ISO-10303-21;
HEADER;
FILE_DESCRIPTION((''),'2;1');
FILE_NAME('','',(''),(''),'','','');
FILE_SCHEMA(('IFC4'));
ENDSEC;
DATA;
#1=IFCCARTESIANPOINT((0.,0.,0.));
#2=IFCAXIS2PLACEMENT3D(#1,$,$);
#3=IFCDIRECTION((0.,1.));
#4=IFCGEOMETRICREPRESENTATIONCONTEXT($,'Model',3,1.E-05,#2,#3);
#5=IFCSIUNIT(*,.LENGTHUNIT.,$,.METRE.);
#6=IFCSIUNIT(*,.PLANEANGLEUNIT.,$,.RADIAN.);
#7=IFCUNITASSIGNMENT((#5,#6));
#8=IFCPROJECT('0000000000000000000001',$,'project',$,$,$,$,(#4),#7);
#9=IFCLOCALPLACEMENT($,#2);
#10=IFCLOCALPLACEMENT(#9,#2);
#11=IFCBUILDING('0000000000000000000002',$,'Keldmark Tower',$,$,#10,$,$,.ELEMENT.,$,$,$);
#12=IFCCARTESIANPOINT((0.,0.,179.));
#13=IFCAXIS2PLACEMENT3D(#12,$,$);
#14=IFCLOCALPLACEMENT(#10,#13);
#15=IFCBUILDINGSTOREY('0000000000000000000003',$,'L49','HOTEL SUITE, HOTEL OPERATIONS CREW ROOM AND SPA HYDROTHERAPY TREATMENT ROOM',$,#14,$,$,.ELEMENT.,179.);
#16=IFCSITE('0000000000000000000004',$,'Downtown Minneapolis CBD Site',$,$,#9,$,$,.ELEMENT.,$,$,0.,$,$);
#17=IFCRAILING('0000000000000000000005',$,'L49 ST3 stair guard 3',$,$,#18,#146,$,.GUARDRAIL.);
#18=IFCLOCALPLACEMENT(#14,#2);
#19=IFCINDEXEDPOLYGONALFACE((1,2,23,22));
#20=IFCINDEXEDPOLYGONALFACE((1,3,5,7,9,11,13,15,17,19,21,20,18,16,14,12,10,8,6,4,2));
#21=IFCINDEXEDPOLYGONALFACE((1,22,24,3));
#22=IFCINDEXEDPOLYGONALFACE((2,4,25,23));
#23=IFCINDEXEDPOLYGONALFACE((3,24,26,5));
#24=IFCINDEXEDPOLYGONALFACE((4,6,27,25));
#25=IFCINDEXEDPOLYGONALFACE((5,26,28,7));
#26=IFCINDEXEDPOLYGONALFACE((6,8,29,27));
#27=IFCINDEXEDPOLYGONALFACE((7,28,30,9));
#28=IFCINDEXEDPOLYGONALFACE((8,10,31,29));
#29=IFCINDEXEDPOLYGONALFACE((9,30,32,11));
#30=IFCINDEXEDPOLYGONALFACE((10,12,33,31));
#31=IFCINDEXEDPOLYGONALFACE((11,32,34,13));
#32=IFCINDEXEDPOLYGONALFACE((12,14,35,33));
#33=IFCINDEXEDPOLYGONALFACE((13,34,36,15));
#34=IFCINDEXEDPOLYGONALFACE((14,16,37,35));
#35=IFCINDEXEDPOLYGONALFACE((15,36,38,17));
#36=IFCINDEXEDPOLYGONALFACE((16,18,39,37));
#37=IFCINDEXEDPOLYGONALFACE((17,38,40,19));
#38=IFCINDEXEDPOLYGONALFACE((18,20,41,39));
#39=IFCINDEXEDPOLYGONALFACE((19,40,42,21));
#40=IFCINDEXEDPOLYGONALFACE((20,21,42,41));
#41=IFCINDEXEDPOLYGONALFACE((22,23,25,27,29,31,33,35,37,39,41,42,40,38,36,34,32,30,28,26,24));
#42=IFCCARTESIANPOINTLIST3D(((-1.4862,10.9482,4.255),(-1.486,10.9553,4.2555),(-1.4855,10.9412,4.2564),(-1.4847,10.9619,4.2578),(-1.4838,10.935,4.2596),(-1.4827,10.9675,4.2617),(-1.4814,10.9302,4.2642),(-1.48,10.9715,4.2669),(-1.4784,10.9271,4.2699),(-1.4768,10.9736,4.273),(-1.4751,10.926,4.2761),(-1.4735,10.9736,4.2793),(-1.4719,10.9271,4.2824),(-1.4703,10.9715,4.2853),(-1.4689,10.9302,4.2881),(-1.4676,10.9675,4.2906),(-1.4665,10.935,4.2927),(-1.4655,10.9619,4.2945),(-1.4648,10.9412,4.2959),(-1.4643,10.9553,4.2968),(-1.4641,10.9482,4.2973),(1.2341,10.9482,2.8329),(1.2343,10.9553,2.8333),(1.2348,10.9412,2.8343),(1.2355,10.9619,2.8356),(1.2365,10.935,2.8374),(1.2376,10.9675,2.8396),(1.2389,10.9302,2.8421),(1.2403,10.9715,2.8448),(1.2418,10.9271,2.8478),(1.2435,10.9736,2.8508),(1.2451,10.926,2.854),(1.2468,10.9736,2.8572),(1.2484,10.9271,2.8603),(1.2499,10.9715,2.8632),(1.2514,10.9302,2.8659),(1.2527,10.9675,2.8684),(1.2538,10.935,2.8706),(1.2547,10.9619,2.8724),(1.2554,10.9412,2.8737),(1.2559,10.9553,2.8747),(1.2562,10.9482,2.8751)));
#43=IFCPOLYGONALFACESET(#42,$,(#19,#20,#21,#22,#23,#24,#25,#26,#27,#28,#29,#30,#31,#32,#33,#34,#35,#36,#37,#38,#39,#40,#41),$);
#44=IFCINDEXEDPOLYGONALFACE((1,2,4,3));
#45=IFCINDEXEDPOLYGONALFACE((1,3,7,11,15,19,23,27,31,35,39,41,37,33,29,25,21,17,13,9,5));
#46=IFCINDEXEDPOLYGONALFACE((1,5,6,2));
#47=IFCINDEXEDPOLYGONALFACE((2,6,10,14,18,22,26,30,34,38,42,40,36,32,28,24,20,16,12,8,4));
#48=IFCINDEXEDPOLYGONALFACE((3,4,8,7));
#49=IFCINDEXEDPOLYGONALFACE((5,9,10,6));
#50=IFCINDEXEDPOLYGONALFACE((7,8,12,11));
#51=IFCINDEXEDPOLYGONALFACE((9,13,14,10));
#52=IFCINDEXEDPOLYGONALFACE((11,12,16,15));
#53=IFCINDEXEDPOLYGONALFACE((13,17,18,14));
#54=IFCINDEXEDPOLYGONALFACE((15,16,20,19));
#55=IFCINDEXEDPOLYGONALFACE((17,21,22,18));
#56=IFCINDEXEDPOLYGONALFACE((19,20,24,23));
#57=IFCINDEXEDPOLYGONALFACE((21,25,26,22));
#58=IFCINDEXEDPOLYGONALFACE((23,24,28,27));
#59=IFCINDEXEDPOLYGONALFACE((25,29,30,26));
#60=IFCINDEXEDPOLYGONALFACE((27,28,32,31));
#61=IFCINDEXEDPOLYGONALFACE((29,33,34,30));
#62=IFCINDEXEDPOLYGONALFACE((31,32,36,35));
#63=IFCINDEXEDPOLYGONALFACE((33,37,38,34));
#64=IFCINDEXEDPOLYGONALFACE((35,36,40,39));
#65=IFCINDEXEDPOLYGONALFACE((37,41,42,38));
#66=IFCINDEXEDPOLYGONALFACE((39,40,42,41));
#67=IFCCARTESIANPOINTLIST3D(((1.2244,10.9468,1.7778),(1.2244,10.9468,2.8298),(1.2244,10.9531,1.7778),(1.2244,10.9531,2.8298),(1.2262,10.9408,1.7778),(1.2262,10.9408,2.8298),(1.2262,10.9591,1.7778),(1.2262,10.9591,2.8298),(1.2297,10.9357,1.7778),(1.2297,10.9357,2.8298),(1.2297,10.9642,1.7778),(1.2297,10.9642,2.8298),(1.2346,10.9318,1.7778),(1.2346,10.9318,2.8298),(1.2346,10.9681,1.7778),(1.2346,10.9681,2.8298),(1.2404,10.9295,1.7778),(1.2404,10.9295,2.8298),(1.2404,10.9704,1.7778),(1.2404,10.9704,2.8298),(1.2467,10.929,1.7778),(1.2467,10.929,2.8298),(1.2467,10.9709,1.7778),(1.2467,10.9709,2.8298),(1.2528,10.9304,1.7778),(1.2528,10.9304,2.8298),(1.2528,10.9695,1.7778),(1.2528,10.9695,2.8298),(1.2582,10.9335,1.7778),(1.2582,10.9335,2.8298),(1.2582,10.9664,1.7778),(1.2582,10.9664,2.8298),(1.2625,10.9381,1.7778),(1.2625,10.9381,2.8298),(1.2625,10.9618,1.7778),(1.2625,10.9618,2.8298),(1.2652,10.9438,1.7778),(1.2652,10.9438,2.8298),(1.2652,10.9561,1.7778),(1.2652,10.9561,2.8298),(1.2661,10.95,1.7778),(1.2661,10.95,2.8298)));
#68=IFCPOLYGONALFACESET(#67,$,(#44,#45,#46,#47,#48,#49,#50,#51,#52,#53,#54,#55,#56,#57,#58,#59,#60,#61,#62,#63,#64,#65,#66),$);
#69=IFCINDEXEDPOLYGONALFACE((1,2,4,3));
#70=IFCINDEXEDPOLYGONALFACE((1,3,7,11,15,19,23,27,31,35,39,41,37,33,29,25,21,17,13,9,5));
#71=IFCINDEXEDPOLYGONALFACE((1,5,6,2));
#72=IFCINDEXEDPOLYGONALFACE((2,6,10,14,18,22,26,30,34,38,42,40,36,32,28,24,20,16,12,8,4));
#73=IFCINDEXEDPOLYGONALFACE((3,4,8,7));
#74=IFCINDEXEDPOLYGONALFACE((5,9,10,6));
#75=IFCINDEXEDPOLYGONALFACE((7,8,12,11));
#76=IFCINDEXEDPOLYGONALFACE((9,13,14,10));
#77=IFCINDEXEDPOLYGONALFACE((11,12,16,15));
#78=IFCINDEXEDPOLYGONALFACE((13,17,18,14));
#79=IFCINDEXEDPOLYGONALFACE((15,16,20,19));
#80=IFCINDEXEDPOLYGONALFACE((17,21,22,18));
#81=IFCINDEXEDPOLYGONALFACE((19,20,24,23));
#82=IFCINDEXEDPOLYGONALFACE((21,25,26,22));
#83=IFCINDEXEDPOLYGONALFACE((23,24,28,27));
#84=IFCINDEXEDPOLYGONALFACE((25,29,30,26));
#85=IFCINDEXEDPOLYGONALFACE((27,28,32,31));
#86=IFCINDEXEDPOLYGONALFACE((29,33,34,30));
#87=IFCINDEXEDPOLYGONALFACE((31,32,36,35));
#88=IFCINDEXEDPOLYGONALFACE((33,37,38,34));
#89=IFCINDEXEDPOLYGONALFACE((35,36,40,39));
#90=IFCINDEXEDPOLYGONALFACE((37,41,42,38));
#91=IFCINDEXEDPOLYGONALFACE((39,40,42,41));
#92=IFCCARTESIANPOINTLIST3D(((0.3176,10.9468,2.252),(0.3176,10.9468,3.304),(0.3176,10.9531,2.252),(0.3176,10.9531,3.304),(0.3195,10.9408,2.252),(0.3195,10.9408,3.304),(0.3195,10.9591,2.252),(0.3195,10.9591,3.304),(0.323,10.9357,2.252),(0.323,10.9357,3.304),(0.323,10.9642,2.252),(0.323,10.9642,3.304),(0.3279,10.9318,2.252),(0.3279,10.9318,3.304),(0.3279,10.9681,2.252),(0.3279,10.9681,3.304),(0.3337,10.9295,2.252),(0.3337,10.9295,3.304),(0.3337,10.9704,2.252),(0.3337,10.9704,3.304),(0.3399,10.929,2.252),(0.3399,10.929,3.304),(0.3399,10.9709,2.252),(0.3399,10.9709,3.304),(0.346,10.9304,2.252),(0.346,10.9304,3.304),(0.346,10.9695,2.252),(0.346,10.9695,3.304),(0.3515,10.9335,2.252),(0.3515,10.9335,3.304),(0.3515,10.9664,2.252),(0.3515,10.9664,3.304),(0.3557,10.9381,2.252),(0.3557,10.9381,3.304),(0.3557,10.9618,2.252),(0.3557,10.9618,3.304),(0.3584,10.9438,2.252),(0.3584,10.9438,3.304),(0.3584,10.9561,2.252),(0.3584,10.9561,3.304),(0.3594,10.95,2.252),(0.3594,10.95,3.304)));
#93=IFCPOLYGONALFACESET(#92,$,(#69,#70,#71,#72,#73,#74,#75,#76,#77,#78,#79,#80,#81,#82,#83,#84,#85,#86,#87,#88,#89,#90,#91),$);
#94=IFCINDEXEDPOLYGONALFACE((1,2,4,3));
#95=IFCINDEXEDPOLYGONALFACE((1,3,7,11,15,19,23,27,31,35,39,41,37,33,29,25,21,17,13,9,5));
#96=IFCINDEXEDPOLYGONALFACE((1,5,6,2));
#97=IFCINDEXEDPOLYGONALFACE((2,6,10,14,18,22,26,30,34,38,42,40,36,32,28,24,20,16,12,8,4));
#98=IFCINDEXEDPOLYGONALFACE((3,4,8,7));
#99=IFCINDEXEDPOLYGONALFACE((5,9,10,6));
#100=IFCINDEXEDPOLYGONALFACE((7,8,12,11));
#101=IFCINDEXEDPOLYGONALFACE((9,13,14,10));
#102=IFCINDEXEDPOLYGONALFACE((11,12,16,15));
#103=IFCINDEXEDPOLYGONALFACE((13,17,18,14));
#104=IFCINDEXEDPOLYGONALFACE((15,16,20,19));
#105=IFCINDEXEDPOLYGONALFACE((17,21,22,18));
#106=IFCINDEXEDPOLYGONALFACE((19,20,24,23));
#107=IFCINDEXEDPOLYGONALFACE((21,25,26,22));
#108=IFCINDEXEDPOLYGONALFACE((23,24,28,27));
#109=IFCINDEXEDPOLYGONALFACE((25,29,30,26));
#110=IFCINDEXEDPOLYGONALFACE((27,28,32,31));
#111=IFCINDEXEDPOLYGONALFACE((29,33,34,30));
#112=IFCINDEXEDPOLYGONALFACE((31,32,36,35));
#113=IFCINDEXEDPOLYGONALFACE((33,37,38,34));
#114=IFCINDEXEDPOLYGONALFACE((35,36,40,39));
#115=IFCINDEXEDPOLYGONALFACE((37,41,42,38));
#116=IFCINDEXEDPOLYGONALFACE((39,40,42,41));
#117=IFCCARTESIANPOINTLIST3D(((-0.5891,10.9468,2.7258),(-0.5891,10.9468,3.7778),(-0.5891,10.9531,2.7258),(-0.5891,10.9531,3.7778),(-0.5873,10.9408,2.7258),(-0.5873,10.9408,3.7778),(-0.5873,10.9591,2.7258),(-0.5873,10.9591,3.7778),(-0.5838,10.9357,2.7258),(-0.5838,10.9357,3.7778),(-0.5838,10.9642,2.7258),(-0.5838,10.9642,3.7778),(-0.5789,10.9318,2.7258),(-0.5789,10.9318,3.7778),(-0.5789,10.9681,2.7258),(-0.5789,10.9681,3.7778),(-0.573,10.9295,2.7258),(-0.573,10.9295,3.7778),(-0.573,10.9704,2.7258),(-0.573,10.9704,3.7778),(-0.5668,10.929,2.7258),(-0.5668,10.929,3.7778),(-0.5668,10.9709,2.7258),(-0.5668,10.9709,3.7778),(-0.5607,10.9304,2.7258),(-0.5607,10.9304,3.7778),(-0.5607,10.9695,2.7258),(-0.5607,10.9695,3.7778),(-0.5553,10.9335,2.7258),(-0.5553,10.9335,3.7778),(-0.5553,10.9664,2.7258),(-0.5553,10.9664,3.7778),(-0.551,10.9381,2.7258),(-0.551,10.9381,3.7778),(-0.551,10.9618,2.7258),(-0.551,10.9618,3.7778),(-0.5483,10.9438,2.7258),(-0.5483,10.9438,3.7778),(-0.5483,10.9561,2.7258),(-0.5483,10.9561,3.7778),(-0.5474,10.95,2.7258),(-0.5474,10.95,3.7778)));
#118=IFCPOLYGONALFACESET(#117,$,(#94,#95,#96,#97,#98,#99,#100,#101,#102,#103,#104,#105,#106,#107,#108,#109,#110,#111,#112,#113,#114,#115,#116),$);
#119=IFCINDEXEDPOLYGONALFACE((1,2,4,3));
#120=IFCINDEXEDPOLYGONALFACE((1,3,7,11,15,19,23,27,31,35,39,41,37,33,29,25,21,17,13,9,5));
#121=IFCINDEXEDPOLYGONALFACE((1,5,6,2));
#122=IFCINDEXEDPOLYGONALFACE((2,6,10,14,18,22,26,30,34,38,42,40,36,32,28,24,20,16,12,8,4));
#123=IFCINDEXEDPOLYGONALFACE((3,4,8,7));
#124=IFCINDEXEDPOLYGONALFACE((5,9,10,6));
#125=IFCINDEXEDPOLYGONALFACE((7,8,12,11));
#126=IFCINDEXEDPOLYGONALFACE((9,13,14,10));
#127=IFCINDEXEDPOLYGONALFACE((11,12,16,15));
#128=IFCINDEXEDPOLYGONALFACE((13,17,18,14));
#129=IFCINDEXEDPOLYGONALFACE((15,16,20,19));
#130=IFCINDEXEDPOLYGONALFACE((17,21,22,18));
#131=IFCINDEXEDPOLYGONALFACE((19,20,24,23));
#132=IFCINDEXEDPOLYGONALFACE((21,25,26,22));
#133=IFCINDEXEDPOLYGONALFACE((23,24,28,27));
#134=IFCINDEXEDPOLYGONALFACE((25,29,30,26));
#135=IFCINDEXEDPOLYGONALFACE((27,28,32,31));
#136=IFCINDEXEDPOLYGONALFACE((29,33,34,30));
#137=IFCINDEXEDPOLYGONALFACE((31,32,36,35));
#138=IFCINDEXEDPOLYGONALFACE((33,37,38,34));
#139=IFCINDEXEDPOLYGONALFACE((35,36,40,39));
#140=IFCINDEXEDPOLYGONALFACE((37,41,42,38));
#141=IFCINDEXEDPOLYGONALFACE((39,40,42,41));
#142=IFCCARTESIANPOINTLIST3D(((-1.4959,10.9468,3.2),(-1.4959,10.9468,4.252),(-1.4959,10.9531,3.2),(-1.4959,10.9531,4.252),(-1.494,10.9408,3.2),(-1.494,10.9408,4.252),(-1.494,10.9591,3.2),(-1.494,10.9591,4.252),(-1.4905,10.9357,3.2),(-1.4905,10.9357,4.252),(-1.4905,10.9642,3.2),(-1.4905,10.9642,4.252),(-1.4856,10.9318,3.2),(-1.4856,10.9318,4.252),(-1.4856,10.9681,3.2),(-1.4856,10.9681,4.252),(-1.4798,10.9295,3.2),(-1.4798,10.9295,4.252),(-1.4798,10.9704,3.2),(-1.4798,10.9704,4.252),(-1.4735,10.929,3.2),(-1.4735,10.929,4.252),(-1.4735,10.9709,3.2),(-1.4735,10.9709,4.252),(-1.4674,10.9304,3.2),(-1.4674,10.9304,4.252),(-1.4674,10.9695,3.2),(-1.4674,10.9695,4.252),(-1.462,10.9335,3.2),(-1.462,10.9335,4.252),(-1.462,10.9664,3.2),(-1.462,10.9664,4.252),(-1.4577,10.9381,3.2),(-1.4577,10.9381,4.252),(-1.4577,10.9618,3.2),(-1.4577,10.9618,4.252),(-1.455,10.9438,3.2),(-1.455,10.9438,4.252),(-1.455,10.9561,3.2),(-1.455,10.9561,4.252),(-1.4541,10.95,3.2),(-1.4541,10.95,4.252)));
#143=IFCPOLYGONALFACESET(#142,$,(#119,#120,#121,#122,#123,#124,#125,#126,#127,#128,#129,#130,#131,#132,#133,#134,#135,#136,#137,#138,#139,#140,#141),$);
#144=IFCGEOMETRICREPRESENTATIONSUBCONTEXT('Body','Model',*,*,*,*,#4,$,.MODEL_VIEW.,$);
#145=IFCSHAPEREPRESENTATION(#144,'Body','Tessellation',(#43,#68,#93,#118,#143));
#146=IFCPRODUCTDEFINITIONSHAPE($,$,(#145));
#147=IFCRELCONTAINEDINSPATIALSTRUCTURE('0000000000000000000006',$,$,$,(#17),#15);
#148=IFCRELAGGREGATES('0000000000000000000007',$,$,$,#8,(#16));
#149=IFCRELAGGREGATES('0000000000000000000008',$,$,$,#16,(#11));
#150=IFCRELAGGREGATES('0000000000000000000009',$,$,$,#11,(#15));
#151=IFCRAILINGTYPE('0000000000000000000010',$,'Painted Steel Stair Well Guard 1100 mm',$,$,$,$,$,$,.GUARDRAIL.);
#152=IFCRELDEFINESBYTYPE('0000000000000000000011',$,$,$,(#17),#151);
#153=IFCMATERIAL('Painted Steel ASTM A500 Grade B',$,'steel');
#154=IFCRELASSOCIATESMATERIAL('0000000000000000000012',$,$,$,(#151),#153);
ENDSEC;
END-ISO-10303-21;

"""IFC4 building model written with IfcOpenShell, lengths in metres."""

from ifc_helpers import new_model, si_unit, direction, frame, origin, origin_2d, place, context, subcontext, project, spatial, circle, extrude, material, type_object, element, save


model = new_model("IFC4")

# Units and contexts
model_context = context("Model", 3, precision=1e-05, world=origin(), true_north=direction((0.0, 1.0)))
body_context = subcontext(model_context, "Body", "Model", "MODEL_VIEW")
ifc_project = project(units=[si_unit("LENGTHUNIT", "METRE"), si_unit("PLANEANGLEUNIT", "RADIAN")], contexts=[model_context])

# Site, building, storey
site_placement = place(None, origin())
site = spatial("IfcSite", under=ifc_project, at=site_placement, Name="Downtown Minneapolis CBD Site", CompositionType="ELEMENT", RefElevation=0.0)
building_placement = place(site_placement, origin())
building = spatial("IfcBuilding", under=site, at=building_placement, Name="Keldmark Tower", CompositionType="ELEMENT")
storey_placement = place(building_placement, frame((0.0, 0.0, 179.0)))
storey = spatial("IfcBuildingStorey", under=building, at=storey_placement, Name="L49", Description="HOTEL SUITE, HOTEL OPERATIONS CREW ROOM AND SPA HYDROTHERAPY TREATMENT ROOM", CompositionType="ELEMENT", Elevation=179.0)

# Railing
ifc_material_1 = material(Name="Painted Steel ASTM A500 Grade B", Category="steel")
railing_type_1 = type_object("IfcRailingType", Name="Painted Steel Stair Well Guard 1100 mm", PredefinedType="GUARDRAIL", material=ifc_material_1)
railing_1_placement = place(storey_placement, frame((1.2451, 10.95, 1.7778)))
element("IfcRailing", 1, at=railing_1_placement, inside=storey, type_object=railing_type_1, Name="L49 ST3 stair guard 3", PredefinedType="GUARDRAIL", context=body_context, shape_type="SweptSolid", body=[
    extrude(circle(Radius=0.0239, at=origin_2d()), frame((0.0, 0.0, 1.0762), z_axis=(-0.8862, 0.0, 0.463302), x_axis=(0.0, -1.0, 0.0)), (0.0, 0.0, 1.0), 3.0696),
    extrude(circle(Radius=0.021, at=origin_2d()), origin(), (0.0, 0.0, 1.0), 1.052),
    extrude(circle(Radius=0.021, at=origin_2d()), frame((-0.9067, 0.0, 0.4741)), (0.0, 0.0, 1.0), 1.052),
    extrude(circle(Radius=0.021, at=origin_2d()), frame((-1.8135, 0.0, 0.948)), (0.0, 0.0, 1.0), 1.052),
    extrude(circle(Radius=0.021, at=origin_2d()), frame((-2.7202, 0.0, 1.4221)), (0.0, 0.0, 1.0), 1.052),
])

save(model, "model.ifc")
